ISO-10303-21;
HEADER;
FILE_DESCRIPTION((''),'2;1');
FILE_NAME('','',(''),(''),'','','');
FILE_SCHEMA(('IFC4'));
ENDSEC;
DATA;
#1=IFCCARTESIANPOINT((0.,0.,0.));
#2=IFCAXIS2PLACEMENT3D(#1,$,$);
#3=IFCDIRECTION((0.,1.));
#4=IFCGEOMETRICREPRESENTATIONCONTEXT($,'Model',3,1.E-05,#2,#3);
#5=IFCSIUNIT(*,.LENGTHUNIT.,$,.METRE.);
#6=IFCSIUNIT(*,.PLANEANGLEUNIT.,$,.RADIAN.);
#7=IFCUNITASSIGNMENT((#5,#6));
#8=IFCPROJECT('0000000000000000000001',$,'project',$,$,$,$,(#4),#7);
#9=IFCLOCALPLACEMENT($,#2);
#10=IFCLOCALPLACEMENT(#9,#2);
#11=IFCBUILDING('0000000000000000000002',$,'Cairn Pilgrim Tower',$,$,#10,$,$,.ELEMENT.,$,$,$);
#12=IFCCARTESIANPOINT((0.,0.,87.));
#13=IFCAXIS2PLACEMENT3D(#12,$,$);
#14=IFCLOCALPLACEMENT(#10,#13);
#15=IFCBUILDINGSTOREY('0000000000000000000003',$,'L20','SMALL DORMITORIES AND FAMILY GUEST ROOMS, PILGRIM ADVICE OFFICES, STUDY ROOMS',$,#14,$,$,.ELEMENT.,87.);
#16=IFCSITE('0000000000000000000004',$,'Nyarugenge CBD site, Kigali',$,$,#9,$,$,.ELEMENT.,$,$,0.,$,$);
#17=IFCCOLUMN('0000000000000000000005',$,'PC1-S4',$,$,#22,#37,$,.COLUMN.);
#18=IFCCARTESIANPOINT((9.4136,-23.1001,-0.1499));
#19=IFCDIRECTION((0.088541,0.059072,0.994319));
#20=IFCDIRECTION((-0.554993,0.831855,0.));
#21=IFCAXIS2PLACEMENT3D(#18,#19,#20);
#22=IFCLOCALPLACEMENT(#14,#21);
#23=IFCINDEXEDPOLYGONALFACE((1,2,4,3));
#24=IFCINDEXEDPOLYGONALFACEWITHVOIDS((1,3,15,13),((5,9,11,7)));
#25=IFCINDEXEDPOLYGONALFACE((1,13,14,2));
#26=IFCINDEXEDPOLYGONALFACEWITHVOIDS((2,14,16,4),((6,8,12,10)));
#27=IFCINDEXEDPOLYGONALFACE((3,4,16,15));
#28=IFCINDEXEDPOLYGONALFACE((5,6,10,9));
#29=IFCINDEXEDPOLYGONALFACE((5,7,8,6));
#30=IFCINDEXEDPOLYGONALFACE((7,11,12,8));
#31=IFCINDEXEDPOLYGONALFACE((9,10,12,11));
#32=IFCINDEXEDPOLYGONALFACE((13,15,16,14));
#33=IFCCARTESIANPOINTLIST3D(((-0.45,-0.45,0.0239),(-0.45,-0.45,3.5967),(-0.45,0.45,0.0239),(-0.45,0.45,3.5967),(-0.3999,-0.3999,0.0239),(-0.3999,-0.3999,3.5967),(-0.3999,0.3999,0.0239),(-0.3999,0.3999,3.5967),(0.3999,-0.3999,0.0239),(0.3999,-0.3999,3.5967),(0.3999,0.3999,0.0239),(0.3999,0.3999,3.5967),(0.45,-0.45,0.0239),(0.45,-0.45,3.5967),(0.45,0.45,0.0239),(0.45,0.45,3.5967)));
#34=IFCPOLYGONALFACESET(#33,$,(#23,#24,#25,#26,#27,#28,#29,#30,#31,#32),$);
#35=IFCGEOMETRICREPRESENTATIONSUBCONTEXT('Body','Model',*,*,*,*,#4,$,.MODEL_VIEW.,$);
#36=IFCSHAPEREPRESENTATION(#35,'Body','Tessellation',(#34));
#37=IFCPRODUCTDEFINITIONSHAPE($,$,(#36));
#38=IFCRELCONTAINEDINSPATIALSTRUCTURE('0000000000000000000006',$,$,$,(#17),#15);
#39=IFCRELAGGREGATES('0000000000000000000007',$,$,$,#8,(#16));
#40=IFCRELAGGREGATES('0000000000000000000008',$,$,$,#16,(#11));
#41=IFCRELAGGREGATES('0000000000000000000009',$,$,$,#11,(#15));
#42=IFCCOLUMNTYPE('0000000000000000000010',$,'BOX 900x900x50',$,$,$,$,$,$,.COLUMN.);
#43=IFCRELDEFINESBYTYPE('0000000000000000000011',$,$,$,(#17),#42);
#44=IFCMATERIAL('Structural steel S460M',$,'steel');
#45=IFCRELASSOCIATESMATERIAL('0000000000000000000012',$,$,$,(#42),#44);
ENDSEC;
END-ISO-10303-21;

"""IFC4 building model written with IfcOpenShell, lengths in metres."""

from ifc_helpers import new_model, si_unit, direction, frame, origin, origin_2d, place, context, subcontext, project, spatial, hollow_rectangle, extrude, clip, halfspace, material, material_profile, profile_set, type_object, element, save


model = new_model("IFC4")

# Units and contexts
model_context = context("Model", 3, precision=1e-05, world=origin(), true_north=direction((0.0, 1.0)))
body_context = subcontext(model_context, "Body", "Model", "MODEL_VIEW")
ifc_project = project(units=[si_unit("LENGTHUNIT", "METRE"), si_unit("PLANEANGLEUNIT", "RADIAN")], contexts=[model_context])

# Site, building, storey
site_placement = place(None, origin())
site = spatial("IfcSite", under=ifc_project, at=site_placement, Name="Nyarugenge CBD site, Kigali", CompositionType="ELEMENT", RefElevation=0.0)
building_placement = place(site_placement, origin())
building = spatial("IfcBuilding", under=site, at=building_placement, Name="Cairn Pilgrim Tower", CompositionType="ELEMENT")
storey_placement = place(building_placement, frame((0.0, 0.0, 87.0)))
storey = spatial("IfcBuildingStorey", under=building, at=storey_placement, Name="L20", Description="SMALL DORMITORIES AND FAMILY GUEST ROOMS, PILGRIM ADVICE OFFICES, STUDY ROOMS", CompositionType="ELEMENT", Elevation=87.0)

# Column
ifc_material_1 = material(Name="Structural steel S460M", Category="steel")
ifc_material_profile_1 = material_profile(ifc_material_1, hollow_rectangle(XDim=0.8999, YDim=0.8999, WallThickness=0.05, at=origin_2d()), Name="BOX 900x900x50")
ifc_profile_set_1 = profile_set([ifc_material_profile_1], Name="Structural steel S460M")
column_type = type_object("IfcColumnType", Name="BOX 900x900x50", PredefinedType="COLUMN", material=ifc_profile_set_1)
column_placement = place(storey_placement, frame((9.4136, -23.1001, -0.1499), z_axis=(0.088541, 0.059072, 0.994319), x_axis=(-0.554993, 0.831855, 0.0)))
element("IfcColumn", 1, at=column_placement, inside=storey, type_object=column_type, Name="PC1-S4", PredefinedType="COLUMN", context=body_context, shape_type="Clipping", body=[
    clip(clip(extrude(hollow_rectangle(XDim=0.8999, YDim=0.8999, WallThickness=0.05, at=origin_2d()), origin(), (0.0, 0.0, 1.0), 3.6204), halfspace(frame((0.0, 0.0, 0.0239), z_axis=(0.0, 0.0, 1.0), x_axis=(1.0, 0.0, 0.0)), True)), halfspace(frame((0.0, 0.0, 3.5967), z_axis=(0.0, 0.0, 1.0), x_axis=(1.0, 0.0, 0.0)), False)),
])

save(model, "model.ifc")
